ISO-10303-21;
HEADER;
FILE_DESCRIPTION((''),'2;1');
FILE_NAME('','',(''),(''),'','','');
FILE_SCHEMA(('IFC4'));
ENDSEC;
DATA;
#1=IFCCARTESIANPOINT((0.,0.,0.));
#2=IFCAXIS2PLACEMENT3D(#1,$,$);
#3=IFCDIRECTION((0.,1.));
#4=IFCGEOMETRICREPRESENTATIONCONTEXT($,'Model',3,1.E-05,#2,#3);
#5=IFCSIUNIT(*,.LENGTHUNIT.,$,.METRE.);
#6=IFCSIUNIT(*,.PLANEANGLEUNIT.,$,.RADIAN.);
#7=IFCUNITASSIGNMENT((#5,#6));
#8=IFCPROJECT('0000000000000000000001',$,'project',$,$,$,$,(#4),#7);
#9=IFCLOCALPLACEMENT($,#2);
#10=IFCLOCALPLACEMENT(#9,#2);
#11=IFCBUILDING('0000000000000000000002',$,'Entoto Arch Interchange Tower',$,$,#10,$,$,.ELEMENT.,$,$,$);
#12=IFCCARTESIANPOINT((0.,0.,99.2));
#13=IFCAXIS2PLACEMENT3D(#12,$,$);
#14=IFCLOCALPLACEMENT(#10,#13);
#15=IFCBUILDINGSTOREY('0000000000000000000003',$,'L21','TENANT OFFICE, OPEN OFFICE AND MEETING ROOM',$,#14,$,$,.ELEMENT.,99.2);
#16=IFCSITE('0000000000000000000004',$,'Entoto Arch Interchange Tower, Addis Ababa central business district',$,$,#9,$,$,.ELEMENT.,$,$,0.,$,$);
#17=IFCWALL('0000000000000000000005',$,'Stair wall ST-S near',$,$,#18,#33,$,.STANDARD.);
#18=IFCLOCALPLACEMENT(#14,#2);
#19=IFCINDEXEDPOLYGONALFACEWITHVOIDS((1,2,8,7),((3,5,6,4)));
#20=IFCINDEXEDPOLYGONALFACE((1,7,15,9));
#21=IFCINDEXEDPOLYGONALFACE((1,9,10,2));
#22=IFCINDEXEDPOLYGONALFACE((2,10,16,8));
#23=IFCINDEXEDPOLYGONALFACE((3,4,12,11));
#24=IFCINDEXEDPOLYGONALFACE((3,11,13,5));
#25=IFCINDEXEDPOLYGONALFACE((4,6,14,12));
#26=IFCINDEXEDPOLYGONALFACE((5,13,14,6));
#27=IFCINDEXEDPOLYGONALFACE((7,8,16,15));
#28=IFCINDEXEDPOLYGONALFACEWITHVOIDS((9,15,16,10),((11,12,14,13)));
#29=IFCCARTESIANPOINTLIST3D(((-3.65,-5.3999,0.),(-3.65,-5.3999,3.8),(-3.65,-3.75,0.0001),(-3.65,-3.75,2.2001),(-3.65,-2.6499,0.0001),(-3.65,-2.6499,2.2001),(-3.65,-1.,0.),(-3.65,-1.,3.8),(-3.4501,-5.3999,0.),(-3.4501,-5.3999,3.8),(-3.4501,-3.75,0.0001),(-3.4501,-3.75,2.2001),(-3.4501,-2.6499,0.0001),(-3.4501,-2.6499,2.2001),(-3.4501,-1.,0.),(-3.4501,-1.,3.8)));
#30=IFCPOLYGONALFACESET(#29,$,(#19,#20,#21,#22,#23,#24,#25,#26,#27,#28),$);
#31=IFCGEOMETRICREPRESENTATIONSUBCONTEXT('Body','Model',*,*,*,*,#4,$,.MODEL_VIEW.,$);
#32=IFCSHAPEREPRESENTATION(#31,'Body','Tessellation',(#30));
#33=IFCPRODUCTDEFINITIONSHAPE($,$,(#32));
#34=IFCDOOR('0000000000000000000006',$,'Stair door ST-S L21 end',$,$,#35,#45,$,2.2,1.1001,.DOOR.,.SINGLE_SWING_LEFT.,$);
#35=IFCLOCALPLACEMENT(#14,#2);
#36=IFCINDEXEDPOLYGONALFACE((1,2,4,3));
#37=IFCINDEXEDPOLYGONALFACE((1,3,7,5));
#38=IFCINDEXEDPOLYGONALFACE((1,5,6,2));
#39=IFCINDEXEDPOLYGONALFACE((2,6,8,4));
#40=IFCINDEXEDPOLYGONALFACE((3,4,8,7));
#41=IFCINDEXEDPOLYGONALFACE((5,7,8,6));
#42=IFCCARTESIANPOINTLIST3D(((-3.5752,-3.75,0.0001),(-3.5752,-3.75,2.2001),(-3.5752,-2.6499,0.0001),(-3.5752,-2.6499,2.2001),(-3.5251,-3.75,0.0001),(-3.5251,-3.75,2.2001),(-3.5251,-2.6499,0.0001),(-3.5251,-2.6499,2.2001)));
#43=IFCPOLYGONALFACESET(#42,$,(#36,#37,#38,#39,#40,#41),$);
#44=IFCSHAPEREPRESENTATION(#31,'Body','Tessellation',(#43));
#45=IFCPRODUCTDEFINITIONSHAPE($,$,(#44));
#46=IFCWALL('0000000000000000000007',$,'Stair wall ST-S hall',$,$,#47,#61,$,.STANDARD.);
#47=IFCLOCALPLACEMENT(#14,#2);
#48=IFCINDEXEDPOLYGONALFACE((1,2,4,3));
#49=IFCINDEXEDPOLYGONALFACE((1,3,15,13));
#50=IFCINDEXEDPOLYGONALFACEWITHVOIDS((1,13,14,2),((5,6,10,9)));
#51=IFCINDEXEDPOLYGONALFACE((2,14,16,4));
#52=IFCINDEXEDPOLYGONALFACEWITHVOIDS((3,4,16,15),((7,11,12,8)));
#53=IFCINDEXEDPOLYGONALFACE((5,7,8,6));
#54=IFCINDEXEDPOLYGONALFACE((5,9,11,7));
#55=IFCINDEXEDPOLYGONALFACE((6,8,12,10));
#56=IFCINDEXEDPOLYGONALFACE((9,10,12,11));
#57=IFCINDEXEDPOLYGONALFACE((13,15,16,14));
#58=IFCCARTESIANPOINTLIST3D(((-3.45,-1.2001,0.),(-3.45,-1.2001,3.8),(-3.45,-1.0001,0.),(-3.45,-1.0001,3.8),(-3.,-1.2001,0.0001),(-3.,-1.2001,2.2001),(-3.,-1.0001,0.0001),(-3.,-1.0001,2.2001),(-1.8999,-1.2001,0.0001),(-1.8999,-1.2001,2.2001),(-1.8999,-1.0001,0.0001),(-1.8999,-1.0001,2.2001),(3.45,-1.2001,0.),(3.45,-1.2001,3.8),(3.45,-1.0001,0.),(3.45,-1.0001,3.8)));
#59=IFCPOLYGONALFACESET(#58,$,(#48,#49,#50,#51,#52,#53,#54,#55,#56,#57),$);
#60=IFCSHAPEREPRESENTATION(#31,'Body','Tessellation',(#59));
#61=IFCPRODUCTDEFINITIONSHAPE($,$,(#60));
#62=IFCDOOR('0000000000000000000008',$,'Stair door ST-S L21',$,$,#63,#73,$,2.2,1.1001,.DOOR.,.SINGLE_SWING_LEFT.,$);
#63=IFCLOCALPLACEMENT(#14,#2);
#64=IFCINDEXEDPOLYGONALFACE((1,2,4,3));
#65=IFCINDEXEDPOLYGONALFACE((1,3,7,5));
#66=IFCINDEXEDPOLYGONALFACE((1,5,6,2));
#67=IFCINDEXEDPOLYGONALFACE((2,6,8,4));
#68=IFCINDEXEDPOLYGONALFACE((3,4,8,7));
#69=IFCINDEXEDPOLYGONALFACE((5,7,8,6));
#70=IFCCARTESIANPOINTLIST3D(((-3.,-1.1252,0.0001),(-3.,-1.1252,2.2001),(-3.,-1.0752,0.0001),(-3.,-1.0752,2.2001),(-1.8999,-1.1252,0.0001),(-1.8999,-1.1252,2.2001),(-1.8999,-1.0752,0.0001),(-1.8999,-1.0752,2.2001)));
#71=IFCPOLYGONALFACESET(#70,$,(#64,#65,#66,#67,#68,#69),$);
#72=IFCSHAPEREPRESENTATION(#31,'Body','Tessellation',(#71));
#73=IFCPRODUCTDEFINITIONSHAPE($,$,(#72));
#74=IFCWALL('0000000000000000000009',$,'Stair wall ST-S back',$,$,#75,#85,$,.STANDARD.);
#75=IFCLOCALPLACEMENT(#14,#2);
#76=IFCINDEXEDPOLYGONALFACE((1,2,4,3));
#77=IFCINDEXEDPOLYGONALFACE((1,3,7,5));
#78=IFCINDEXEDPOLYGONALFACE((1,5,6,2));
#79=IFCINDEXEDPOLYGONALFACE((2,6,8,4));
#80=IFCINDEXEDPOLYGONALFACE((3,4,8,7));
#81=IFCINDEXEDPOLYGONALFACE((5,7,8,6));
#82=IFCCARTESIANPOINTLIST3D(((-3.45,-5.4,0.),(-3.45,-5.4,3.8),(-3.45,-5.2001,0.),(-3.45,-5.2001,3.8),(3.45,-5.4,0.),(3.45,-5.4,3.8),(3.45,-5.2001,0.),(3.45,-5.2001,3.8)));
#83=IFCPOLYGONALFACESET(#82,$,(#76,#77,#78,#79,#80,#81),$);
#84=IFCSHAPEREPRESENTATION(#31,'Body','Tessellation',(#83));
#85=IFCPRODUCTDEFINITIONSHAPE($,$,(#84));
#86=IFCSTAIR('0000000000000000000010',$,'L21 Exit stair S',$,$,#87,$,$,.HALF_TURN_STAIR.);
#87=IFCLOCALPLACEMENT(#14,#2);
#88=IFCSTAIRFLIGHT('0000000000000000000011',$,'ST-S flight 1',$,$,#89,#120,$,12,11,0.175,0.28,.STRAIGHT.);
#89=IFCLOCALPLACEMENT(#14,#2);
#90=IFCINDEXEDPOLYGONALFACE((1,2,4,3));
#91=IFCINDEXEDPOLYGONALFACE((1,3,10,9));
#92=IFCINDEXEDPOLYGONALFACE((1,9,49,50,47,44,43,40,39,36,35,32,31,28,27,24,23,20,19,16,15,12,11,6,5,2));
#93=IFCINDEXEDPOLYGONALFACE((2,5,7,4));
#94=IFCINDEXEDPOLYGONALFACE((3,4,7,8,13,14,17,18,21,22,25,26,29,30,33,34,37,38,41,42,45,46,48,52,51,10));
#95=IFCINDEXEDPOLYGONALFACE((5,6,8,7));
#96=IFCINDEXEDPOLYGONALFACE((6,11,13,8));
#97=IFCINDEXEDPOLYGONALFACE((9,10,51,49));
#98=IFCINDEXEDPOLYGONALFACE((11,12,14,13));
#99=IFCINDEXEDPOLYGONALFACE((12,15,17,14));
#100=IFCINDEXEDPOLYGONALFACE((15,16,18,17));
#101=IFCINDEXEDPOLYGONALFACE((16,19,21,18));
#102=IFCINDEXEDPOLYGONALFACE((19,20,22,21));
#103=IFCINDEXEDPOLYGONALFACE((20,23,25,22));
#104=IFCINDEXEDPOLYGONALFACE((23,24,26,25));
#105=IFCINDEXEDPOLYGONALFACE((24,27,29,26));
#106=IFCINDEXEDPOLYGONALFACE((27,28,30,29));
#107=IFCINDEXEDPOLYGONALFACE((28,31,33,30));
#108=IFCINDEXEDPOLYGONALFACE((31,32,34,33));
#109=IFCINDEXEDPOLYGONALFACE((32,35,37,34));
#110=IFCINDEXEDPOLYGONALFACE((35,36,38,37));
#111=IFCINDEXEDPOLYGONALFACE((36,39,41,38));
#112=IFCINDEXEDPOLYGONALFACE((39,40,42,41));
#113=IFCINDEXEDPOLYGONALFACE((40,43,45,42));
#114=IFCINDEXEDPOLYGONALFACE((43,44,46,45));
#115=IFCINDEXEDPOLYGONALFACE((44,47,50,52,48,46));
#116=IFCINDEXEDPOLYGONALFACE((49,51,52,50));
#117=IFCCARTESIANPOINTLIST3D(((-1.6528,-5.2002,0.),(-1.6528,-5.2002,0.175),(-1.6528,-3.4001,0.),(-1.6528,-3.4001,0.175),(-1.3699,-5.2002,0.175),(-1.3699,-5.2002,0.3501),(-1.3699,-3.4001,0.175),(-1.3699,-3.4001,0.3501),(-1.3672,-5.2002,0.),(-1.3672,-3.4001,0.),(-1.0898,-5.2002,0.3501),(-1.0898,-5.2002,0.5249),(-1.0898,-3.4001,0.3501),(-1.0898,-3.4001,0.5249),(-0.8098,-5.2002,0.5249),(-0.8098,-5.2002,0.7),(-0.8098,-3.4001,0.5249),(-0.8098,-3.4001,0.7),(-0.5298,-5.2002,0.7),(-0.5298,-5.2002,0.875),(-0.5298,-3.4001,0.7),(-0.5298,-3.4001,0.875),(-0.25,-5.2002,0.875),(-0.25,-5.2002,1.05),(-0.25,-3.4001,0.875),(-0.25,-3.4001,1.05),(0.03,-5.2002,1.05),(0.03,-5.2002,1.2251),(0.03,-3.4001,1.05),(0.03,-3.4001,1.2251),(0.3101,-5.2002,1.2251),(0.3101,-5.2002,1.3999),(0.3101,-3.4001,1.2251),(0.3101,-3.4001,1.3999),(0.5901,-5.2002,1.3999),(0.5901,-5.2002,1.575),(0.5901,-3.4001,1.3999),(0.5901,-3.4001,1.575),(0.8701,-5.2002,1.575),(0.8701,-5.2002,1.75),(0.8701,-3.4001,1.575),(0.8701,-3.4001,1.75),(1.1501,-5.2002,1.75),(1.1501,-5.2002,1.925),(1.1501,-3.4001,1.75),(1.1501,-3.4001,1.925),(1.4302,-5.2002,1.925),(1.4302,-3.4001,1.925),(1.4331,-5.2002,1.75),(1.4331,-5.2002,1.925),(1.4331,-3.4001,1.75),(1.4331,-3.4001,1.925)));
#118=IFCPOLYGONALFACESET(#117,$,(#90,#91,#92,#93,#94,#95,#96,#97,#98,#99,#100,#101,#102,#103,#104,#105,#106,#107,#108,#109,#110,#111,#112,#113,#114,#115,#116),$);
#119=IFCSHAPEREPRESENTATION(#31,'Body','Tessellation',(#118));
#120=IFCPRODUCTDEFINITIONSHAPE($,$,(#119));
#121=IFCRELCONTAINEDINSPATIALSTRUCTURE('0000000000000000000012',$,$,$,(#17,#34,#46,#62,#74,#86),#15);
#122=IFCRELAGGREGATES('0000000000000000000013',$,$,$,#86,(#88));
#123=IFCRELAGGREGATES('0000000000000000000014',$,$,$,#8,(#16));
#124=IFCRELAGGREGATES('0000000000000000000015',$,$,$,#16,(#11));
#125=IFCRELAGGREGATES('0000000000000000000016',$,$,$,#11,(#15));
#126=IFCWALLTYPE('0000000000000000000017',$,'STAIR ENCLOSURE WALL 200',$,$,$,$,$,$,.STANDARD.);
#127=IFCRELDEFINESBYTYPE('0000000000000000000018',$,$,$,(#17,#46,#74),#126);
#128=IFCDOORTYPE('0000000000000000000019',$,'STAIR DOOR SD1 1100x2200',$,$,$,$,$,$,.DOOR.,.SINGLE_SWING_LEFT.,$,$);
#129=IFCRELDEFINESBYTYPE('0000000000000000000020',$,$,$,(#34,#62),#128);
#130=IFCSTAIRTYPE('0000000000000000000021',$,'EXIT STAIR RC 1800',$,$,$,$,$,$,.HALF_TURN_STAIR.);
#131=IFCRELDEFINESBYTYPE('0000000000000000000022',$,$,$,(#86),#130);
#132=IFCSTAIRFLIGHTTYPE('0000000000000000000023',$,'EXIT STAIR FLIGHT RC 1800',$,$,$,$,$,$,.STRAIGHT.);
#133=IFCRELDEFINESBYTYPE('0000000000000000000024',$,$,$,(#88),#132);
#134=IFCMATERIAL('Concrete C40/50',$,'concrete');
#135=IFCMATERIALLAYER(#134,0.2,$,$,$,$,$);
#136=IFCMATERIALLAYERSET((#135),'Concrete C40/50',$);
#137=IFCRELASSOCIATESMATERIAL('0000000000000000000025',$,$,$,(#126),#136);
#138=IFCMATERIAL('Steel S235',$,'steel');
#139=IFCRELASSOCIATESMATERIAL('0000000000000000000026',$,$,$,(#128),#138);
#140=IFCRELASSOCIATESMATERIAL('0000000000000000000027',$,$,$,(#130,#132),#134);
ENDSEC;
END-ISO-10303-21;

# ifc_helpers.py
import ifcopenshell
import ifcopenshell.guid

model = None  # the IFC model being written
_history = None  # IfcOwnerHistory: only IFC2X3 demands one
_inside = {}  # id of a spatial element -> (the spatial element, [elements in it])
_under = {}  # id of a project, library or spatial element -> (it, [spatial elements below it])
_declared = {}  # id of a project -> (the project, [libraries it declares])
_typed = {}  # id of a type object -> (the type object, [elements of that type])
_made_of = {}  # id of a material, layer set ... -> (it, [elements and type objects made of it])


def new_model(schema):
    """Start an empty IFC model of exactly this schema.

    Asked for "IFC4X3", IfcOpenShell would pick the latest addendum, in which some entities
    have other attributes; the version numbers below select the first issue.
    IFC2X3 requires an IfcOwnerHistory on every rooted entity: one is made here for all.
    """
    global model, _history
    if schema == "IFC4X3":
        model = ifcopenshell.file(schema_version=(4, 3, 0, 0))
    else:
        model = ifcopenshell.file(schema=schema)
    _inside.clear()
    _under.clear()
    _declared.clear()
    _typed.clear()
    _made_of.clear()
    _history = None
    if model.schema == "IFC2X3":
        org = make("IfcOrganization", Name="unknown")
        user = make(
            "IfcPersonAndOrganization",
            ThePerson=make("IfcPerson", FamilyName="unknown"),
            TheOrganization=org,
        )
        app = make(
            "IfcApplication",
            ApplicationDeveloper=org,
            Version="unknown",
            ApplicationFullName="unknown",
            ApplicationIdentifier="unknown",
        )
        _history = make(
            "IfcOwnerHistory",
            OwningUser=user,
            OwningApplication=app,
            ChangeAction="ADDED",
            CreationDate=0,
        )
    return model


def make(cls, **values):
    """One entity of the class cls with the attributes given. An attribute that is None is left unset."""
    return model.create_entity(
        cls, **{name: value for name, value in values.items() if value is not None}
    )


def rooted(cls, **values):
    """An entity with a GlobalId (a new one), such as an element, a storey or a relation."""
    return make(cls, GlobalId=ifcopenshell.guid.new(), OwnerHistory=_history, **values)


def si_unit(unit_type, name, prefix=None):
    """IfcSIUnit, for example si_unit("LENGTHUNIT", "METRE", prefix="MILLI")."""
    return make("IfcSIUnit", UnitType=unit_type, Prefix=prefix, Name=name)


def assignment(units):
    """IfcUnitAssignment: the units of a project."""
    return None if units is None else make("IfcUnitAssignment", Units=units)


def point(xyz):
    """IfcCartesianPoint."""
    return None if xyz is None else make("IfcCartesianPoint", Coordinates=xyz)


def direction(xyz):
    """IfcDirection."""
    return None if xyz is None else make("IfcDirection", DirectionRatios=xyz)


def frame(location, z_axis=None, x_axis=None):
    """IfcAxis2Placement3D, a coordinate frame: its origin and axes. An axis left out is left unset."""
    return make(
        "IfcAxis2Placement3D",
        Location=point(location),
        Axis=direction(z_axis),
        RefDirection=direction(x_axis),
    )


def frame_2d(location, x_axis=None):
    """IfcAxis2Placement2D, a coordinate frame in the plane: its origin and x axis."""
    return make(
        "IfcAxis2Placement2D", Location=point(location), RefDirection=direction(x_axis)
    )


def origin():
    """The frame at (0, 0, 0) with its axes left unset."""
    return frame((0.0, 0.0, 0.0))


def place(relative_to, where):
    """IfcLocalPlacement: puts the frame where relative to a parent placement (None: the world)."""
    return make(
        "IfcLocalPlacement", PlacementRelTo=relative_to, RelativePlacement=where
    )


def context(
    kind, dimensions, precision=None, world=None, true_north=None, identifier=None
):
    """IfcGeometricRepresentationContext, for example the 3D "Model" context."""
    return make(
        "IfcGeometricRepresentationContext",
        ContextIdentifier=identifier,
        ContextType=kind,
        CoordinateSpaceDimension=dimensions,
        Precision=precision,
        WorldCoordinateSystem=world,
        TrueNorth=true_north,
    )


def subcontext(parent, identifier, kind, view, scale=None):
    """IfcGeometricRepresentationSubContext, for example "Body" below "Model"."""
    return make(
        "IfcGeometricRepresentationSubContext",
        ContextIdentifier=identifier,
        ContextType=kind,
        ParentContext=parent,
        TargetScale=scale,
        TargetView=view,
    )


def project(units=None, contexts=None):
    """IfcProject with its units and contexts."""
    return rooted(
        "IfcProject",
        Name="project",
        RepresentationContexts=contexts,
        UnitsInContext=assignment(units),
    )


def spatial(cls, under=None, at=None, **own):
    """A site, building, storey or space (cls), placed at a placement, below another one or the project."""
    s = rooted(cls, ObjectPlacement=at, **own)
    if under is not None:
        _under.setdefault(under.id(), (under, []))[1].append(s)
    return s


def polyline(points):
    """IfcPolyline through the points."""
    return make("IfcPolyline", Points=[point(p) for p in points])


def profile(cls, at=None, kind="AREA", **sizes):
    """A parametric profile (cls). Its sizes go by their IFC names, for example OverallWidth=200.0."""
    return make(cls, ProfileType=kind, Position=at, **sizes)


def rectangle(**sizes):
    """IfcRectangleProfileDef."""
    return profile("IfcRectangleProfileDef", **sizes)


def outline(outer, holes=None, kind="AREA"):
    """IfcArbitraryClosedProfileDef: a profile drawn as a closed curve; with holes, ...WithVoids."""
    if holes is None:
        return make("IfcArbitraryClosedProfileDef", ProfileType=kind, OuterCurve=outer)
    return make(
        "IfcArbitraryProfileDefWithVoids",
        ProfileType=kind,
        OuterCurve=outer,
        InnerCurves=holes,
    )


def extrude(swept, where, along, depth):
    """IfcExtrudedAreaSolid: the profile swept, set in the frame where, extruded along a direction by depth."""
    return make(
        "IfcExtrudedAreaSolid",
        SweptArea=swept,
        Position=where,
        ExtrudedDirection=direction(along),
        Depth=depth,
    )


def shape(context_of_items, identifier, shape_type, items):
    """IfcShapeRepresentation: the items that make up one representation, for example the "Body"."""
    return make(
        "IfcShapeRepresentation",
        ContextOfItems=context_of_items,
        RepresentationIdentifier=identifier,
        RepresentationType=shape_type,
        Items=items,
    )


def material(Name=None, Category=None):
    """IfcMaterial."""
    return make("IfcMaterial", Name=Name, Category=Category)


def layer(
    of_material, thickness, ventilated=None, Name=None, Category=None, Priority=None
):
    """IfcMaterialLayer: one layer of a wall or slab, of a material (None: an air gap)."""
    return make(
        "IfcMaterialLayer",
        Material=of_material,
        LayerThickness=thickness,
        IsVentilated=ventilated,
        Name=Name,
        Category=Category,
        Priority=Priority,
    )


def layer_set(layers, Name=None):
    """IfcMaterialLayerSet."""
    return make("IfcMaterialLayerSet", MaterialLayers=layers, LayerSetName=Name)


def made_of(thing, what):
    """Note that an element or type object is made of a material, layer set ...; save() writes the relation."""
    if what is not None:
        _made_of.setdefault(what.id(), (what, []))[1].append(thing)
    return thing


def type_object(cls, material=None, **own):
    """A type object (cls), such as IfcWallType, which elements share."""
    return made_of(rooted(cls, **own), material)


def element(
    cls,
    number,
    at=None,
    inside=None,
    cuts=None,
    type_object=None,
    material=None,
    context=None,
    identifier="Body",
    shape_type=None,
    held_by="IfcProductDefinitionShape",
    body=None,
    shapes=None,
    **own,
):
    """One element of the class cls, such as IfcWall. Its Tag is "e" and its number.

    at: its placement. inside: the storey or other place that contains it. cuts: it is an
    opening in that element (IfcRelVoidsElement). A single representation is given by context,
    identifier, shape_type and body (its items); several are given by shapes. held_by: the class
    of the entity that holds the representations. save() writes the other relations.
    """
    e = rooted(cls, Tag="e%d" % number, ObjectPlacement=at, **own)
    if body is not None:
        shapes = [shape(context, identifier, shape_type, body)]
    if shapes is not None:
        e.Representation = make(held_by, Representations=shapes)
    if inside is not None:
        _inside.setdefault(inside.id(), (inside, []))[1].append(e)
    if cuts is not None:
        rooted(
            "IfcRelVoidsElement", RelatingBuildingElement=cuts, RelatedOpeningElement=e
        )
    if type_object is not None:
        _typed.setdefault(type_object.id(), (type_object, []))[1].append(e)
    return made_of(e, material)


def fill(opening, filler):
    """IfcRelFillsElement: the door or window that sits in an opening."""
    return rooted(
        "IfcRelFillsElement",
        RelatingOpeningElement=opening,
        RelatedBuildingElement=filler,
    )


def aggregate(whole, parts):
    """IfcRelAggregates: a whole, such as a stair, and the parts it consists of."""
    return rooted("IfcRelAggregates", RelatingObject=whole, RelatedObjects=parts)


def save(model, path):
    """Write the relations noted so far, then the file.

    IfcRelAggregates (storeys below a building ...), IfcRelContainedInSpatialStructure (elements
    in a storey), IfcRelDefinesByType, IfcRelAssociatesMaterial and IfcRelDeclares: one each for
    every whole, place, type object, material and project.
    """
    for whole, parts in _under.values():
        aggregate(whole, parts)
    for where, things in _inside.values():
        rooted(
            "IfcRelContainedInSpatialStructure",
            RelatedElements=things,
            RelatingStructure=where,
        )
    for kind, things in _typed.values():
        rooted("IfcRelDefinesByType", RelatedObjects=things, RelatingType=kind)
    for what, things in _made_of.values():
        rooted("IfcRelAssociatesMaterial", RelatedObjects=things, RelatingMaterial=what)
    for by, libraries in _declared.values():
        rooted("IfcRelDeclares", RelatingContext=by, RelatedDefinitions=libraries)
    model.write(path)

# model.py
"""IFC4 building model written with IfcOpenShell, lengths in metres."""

from ifc_helpers import new_model, si_unit, direction, frame, frame_2d, origin, place, context, subcontext, project, spatial, polyline, rectangle, outline, extrude, material, layer, layer_set, type_object, element, fill, aggregate, save


model = new_model("IFC4")

# Units and contexts
model_context = context("Model", 3, precision=1e-05, world=origin(), true_north=direction((0.0, 1.0)))
body_context = subcontext(model_context, "Body", "Model", "MODEL_VIEW")
ifc_project = project(units=[si_unit("LENGTHUNIT", "METRE"), si_unit("PLANEANGLEUNIT", "RADIAN")], contexts=[model_context])

# Site, building, storey
site_placement = place(None, origin())
site = spatial("IfcSite", under=ifc_project, at=site_placement, Name="Entoto Arch Interchange Tower, Addis Ababa central business district", CompositionType="ELEMENT", RefElevation=0.0)
building_placement = place(site_placement, origin())
building = spatial("IfcBuilding", under=site, at=building_placement, Name="Entoto Arch Interchange Tower", CompositionType="ELEMENT")
storey_placement = place(building_placement, frame((0.0, 0.0, 99.2)))
storey = spatial("IfcBuildingStorey", under=building, at=storey_placement, Name="L21", Description="TENANT OFFICE, OPEN OFFICE AND MEETING ROOM", CompositionType="ELEMENT", Elevation=99.2)

# Shared definitions
ifc_material_1 = material(Name="Concrete C40/50", Category="concrete")

# Walls, openings, doors
ifc_layer_1 = layer(ifc_material_1, 0.2)
ifc_layer_set_1 = layer_set([ifc_layer_1], Name="Concrete C40/50")
wall_type_1 = type_object("IfcWallType", Name="STAIR ENCLOSURE WALL 200", PredefinedType="STANDARD", material=ifc_layer_set_1)
wall_1_placement = place(storey_placement, frame((-3.55, -1.0, 0.0), z_axis=(0.0, 0.0, 1.0), x_axis=(0.0, -1.0, 0.0)))
wall_1 = element("IfcWall", 1, at=wall_1_placement, inside=storey, type_object=wall_type_1, Name="Stair wall ST-S near", PredefinedType="STANDARD", context=body_context, shape_type="SweptSolid", body=[
    extrude(rectangle(XDim=4.3999, YDim=0.2, at=frame_2d((2.2, 0.0))), origin(), (0.0, 0.0, 1.0), 3.8),
])
opening_1_placement = place(wall_1_placement, frame((1.6499, 0.0, 0.0)))
opening_1 = element("IfcOpeningElement", 2, at=opening_1_placement, cuts=wall_1, PredefinedType="OPENING", context=body_context, shape_type="SweptSolid", body=[
    extrude(rectangle(XDim=1.1001, YDim=2.2, at=frame_2d((0.55, 1.1001))), frame((0.0, 0.1099, 0.0), z_axis=(0.0, -1.0, 0.0), x_axis=(1.0, 0.0, 0.0)), (0.0, 0.0, 1.0), 0.22),
])
ifc_material_2 = material(Name="Steel S235", Category="steel")
door_type_1 = type_object("IfcDoorType", Name="STAIR DOOR SD1 1100x2200", OperationType="SINGLE_SWING_LEFT", PredefinedType="DOOR", material=ifc_material_2)
door_1_placement = place(opening_1_placement, origin())
door_1 = element("IfcDoor", 3, at=door_1_placement, inside=storey, type_object=door_type_1, Name="Stair door ST-S L21 end", OperationType="SINGLE_SWING_LEFT", OverallHeight=2.2, OverallWidth=1.1001, PredefinedType="DOOR", context=body_context, shape_type="SweptSolid", body=[
    extrude(rectangle(XDim=1.1001, YDim=2.2, at=frame_2d((0.55, 1.1001))), frame((0.0, 0.0249, 0.0), z_axis=(0.0, -1.0, 0.0), x_axis=(1.0, 0.0, 0.0)), (0.0, 0.0, 1.0), 0.05),
])
fill(opening_1, door_1)
wall_2_placement = place(storey_placement, frame((-3.45, -1.1001, 0.0), z_axis=(0.0, 0.0, 1.0), x_axis=(1.0, 0.0, 0.0)))
wall_2 = element("IfcWall", 4, at=wall_2_placement, inside=storey, type_object=wall_type_1, Name="Stair wall ST-S hall", PredefinedType="STANDARD", context=body_context, shape_type="SweptSolid", body=[
    extrude(rectangle(XDim=6.8999, YDim=0.2, at=frame_2d((3.45, 0.0))), origin(), (0.0, 0.0, 1.0), 3.8),
])
opening_2_placement = place(wall_2_placement, frame((0.45, 0.0, 0.0)))
opening_2 = element("IfcOpeningElement", 5, at=opening_2_placement, cuts=wall_2, PredefinedType="OPENING", context=body_context, shape_type="SweptSolid", body=[
    extrude(rectangle(XDim=1.1001, YDim=2.2, at=frame_2d((0.55, 1.1001))), frame((0.0, 0.1099, 0.0), z_axis=(0.0, -1.0, 0.0), x_axis=(1.0, 0.0, 0.0)), (0.0, 0.0, 1.0), 0.22),
])
door_2_placement = place(opening_2_placement, origin())
door_2 = element("IfcDoor", 6, at=door_2_placement, inside=storey, type_object=door_type_1, Name="Stair door ST-S L21", OperationType="SINGLE_SWING_LEFT", OverallHeight=2.2, OverallWidth=1.1001, PredefinedType="DOOR", context=body_context, shape_type="SweptSolid", body=[
    extrude(rectangle(XDim=1.1001, YDim=2.2, at=frame_2d((0.55, 1.1001))), frame((0.0, 0.0249, 0.0), z_axis=(0.0, -1.0, 0.0), x_axis=(1.0, 0.0, 0.0)), (0.0, 0.0, 1.0), 0.05),
])
fill(opening_2, door_2)

# Wall
wall_3_placement = place(storey_placement, frame((-3.45, -5.3, 0.0), z_axis=(0.0, 0.0, 1.0), x_axis=(1.0, 0.0, 0.0)))
element("IfcWall", 7, at=wall_3_placement, inside=storey, type_object=wall_type_1, Name="Stair wall ST-S back", PredefinedType="STANDARD", context=body_context, shape_type="SweptSolid", body=[
    extrude(rectangle(XDim=6.8999, YDim=0.2, at=frame_2d((3.45, 0.0))), origin(), (0.0, 0.0, 1.0), 3.8),
])

# Stair, stair flight
stair_type = type_object("IfcStairType", Name="EXIT STAIR RC 1800", PredefinedType="HALF_TURN_STAIR", material=ifc_material_1)
stair_placement = place(storey_placement, origin())
stair = element("IfcStair", 8, at=stair_placement, inside=storey, type_object=stair_type, Name="L21 Exit stair S", PredefinedType="HALF_TURN_STAIR")
stair_flight_type = type_object("IfcStairFlightType", Name="EXIT STAIR FLIGHT RC 1800", PredefinedType="STRAIGHT", material=ifc_material_1)
stair_flight_placement = place(storey_placement, frame((-1.6499, -4.3, 0.0), z_axis=(0.0, 0.0, 1.0), x_axis=(1.0, 0.0, 0.0)))
stair_flight = element("IfcStairFlight", 9, at=stair_flight_placement, type_object=stair_flight_type, Name="ST-S flight 1", NumberOfRisers=12, NumberOfTreads=11, PredefinedType="STRAIGHT", RiserHeight=0.175, TreadLength=0.28, context=body_context, shape_type="SweptSolid", body=[
    extrude(outline(polyline([(-0.0029, 0.0), (-0.0029, 0.175), (0.28, 0.175), (0.28, 0.3501), (0.5601, 0.3501), (0.5601, 0.5249), (0.8401, 0.5249), (0.8401, 0.7), (1.1201, 0.7), (1.1201, 0.875), (1.3999, 0.875), (1.3999, 1.05), (1.6799, 1.05), (1.6799, 1.2251), (1.96, 1.2251), (1.96, 1.3999), (2.24, 1.3999), (2.24, 1.575), (2.52, 1.575), (2.52, 1.75), (2.8, 1.75), (2.8, 1.925), (3.0801, 1.925), (3.083, 1.925), (3.083, 1.75), (0.2827, 0.0), (-0.0029, 0.0)])), frame((0.0, 0.8999, 0.0), z_axis=(0.0, -1.0, 0.0), x_axis=(1.0, 0.0, 0.0)), (0.0, 0.0, 1.0), 1.8),
])
aggregate(stair, [stair_flight])

save(model, "model.ifc")
